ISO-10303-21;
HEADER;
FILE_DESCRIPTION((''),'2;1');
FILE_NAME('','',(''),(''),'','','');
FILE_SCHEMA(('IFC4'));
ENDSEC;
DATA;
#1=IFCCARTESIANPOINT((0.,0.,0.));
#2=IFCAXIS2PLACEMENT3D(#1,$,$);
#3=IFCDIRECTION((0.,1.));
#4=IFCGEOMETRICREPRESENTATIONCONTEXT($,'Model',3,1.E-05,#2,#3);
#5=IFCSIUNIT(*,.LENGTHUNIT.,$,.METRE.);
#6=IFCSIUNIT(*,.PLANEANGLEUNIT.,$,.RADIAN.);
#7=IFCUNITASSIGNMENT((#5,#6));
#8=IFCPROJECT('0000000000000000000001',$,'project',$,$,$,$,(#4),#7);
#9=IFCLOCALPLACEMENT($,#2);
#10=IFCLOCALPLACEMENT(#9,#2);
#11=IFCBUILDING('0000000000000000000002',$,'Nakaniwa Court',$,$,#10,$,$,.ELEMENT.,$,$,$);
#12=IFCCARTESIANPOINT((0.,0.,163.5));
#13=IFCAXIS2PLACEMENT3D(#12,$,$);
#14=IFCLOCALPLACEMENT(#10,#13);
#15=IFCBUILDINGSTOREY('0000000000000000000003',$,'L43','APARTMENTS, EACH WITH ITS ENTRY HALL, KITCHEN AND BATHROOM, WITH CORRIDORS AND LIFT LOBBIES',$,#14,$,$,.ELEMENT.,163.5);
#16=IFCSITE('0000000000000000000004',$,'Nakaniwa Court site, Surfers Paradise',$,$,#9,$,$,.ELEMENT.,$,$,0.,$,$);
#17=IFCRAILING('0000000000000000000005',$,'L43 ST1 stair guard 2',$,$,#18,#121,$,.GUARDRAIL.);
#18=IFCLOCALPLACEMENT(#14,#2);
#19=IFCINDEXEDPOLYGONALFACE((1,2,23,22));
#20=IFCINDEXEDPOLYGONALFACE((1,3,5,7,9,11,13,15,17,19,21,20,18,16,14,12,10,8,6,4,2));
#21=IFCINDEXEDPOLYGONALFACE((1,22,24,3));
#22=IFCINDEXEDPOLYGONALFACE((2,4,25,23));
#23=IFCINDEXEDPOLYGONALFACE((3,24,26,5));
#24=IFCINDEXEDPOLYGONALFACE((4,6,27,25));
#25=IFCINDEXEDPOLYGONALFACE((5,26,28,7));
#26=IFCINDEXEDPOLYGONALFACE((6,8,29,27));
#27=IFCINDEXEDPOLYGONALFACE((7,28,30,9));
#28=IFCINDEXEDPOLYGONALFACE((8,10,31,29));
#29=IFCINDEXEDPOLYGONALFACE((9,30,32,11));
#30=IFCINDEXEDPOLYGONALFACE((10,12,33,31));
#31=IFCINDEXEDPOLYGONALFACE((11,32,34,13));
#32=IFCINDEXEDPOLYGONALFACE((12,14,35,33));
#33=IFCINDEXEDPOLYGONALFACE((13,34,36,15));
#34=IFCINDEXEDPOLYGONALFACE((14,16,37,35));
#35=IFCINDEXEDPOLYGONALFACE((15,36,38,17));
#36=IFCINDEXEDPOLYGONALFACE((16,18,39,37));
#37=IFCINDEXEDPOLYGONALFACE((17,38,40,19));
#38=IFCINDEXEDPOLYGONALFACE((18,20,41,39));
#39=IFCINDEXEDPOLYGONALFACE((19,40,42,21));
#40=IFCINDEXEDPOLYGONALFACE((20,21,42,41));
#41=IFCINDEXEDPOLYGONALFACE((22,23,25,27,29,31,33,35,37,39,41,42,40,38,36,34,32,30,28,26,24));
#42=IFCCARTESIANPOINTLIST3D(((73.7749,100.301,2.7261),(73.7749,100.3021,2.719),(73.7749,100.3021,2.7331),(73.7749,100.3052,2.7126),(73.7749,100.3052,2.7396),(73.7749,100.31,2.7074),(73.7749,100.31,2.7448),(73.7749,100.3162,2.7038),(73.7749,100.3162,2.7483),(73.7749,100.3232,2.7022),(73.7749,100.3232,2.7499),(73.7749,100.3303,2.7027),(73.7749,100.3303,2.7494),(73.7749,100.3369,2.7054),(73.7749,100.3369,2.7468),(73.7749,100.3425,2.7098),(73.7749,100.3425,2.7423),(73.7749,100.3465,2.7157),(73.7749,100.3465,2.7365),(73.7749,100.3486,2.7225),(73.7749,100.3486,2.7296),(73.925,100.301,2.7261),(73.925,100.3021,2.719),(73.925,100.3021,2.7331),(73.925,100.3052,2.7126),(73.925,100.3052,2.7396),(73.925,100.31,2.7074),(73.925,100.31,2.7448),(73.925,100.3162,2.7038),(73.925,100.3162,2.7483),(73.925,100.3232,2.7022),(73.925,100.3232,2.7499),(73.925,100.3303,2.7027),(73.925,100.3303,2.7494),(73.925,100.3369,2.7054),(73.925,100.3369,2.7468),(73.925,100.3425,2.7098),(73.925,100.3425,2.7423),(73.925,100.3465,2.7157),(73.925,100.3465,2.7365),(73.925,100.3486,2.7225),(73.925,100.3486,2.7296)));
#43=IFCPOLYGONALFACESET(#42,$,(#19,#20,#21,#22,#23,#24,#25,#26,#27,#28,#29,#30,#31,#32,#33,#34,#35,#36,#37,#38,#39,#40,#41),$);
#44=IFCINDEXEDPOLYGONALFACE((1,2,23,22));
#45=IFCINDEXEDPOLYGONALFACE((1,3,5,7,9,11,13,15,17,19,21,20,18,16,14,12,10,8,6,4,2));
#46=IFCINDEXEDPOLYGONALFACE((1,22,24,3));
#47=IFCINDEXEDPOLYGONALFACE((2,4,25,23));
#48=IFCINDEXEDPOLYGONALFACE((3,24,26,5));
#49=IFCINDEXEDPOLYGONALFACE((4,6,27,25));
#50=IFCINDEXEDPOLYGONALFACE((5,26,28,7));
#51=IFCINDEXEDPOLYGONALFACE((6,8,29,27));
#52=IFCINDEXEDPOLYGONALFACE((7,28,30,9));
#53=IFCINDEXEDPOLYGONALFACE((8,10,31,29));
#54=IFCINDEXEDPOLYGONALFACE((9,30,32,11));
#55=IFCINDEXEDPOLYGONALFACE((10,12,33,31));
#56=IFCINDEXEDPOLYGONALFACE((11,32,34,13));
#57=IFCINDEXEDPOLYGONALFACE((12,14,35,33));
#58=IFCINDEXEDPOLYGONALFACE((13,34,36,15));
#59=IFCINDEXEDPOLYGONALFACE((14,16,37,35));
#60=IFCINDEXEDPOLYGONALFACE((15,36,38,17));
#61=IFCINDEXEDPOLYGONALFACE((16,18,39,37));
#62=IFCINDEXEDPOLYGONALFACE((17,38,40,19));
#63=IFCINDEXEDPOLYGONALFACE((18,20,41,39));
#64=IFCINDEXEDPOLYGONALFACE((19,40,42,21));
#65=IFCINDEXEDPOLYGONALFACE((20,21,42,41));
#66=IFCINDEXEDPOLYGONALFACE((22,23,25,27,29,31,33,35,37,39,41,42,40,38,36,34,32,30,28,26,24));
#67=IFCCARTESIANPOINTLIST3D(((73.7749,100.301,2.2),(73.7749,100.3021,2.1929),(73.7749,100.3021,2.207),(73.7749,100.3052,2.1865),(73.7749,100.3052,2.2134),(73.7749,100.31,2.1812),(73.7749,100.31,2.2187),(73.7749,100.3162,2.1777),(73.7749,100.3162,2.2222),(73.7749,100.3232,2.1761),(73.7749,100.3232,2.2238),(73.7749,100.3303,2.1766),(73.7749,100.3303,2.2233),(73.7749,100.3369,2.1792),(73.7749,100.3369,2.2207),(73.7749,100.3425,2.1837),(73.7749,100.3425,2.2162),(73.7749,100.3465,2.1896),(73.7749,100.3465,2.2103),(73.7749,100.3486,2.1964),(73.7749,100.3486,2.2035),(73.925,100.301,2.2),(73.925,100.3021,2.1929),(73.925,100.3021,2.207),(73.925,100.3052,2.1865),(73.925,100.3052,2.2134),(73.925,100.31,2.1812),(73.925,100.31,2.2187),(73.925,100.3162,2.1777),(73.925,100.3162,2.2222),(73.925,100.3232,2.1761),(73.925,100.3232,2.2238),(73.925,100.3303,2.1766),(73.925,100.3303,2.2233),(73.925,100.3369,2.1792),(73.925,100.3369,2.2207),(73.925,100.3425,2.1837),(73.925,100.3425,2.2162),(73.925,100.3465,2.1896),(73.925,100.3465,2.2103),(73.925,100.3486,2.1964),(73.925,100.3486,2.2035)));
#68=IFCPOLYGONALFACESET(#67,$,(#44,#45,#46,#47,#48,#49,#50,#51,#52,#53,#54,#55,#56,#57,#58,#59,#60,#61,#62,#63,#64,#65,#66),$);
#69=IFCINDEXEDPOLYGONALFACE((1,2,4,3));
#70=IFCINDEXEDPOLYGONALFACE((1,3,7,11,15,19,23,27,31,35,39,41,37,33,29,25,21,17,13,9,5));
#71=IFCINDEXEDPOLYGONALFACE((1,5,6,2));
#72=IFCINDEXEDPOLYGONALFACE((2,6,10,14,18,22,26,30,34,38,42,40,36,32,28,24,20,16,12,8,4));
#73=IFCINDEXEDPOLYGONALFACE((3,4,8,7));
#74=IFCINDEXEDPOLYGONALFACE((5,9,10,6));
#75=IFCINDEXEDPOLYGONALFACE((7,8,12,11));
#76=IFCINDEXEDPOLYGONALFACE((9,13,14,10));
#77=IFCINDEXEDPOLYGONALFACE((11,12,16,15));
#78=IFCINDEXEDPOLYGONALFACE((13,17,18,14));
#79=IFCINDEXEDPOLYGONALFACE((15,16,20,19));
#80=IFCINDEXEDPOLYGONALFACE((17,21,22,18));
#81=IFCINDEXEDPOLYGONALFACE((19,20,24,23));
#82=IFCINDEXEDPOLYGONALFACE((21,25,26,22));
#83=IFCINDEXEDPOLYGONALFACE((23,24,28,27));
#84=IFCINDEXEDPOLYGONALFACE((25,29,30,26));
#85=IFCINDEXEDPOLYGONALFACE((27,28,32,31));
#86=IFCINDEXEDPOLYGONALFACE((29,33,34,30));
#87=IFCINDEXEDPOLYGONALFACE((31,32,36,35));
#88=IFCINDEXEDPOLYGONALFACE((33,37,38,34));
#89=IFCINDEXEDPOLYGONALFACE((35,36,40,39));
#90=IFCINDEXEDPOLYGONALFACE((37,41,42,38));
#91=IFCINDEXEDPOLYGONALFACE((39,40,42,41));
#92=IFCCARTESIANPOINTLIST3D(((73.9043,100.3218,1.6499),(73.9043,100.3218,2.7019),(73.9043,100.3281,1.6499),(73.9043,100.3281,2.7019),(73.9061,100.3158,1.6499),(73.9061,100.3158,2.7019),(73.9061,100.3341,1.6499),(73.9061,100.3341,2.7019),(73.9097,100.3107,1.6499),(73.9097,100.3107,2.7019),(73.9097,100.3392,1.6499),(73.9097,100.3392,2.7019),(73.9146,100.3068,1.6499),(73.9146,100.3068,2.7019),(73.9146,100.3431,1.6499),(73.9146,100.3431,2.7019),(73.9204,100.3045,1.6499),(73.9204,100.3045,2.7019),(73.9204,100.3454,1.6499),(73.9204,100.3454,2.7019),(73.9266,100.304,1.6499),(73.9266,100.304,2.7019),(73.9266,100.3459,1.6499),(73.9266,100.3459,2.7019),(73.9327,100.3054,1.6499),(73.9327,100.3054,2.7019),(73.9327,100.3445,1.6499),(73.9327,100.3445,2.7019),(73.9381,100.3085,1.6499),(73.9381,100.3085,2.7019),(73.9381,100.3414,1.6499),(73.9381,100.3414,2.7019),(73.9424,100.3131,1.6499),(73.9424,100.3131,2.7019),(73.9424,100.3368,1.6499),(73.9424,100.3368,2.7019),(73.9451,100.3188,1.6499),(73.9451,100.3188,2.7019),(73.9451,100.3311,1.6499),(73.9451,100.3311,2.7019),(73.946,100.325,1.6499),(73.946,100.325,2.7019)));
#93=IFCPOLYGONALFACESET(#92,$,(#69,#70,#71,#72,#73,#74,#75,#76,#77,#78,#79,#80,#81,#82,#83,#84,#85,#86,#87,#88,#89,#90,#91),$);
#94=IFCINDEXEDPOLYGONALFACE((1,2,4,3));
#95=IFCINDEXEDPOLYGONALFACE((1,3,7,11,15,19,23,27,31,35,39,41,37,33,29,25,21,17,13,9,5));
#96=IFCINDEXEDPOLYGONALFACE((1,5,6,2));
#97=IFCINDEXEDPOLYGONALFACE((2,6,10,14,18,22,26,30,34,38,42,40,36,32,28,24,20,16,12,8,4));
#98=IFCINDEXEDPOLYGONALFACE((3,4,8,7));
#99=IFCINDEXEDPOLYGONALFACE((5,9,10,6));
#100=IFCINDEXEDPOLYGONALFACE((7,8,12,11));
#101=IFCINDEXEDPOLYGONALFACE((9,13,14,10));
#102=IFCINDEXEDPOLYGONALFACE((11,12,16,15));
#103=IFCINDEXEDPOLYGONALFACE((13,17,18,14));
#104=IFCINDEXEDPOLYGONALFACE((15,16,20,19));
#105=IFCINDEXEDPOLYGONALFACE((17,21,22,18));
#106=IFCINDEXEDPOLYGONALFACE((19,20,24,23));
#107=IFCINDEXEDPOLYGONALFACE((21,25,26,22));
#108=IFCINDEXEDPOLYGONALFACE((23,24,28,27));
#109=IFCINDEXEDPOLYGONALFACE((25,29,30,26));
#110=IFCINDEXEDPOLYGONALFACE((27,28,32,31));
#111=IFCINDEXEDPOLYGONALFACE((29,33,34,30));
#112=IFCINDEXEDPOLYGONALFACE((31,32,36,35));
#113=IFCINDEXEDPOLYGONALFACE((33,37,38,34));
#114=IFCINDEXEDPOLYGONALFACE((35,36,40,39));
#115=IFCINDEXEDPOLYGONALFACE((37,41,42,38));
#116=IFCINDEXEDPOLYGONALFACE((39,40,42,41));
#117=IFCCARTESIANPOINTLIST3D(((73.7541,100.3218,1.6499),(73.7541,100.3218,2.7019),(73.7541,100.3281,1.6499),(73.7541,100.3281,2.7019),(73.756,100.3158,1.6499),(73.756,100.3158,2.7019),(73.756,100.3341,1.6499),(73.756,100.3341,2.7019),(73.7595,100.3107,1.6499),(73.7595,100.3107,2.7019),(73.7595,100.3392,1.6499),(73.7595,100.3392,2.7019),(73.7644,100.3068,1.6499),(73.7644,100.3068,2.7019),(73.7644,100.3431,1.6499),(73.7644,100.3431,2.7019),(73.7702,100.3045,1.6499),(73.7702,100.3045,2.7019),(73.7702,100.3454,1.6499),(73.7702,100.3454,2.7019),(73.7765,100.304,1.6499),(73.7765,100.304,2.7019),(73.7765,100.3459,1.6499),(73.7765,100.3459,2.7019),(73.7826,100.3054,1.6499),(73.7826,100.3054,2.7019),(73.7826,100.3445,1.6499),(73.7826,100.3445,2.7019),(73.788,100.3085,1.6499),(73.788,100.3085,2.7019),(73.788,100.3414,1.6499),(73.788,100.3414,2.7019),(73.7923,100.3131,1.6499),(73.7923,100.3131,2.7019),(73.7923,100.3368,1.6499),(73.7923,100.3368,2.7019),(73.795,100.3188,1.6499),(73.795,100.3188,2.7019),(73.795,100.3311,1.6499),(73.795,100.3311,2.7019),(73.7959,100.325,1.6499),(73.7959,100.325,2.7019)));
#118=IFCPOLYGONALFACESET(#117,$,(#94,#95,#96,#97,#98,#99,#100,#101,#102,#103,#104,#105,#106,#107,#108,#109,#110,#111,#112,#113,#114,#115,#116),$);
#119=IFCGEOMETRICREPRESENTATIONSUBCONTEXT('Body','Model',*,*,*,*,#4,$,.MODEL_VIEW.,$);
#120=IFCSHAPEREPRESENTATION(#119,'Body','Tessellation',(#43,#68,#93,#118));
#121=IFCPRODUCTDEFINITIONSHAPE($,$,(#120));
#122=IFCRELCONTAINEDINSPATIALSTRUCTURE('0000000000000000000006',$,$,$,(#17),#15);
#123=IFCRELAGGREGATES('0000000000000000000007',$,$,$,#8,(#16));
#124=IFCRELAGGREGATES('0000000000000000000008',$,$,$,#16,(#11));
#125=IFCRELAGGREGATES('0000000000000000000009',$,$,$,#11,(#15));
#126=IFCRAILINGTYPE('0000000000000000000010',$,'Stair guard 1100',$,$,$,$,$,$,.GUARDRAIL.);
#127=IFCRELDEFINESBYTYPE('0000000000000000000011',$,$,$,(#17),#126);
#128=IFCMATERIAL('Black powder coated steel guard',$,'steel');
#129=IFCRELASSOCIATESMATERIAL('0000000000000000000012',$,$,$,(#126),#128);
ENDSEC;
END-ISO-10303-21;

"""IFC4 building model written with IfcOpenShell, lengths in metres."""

from ifc_helpers import new_model, si_unit, direction, frame, origin, origin_2d, place, context, subcontext, project, spatial, circle, extrude, material, type_object, element, save


model = new_model("IFC4")

# Units and contexts
model_context = context("Model", 3, precision=1e-05, world=origin(), true_north=direction((0.0, 1.0)))
body_context = subcontext(model_context, "Body", "Model", "MODEL_VIEW")
ifc_project = project(units=[si_unit("LENGTHUNIT", "METRE"), si_unit("PLANEANGLEUNIT", "RADIAN")], contexts=[model_context])

# Site, building, storey
site_placement = place(None, origin())
site = spatial("IfcSite", under=ifc_project, at=site_placement, Name="Nakaniwa Court site, Surfers Paradise", CompositionType="ELEMENT", RefElevation=0.0)
building_placement = place(site_placement, origin())
building = spatial("IfcBuilding", under=site, at=building_placement, Name="Nakaniwa Court", CompositionType="ELEMENT")
storey_placement = place(building_placement, frame((0.0, 0.0, 163.5)))
storey = spatial("IfcBuildingStorey", under=building, at=storey_placement, Name="L43", Description="APARTMENTS, EACH WITH ITS ENTRY HALL, KITCHEN AND BATHROOM, WITH CORRIDORS AND LIFT LOBBIES", CompositionType="ELEMENT", Elevation=163.5)

# Railing
ifc_material_1 = material(Name="Black powder coated steel guard", Category="steel")
railing_type_1 = type_object("IfcRailingType", Name="Stair guard 1100", PredefinedType="GUARDRAIL", material=ifc_material_1)
railing_1_placement = place(storey_placement, frame((73.925, 100.325, 1.6499)))
element("IfcRailing", 1, at=railing_1_placement, inside=storey, type_object=railing_type_1, Name="L43 ST1 stair guard 2", PredefinedType="GUARDRAIL", context=body_context, shape_type="SweptSolid", body=[
    extrude(circle(Radius=0.0239, at=origin_2d()), frame((0.0, 0.0, 1.0762), z_axis=(-1.0, 0.0, 0.0), x_axis=(0.0, -1.0, 0.0)), (0.0, 0.0, 1.0), 0.1501),
    extrude(circle(Radius=0.0239, at=origin_2d()), frame((0.0, 0.0, 0.55), z_axis=(-1.0, 0.0, 0.0), x_axis=(0.0, -1.0, 0.0)), (0.0, 0.0, 1.0), 0.1501),
    extrude(circle(Radius=0.021, at=origin_2d()), origin(), (0.0, 0.0, 1.0), 1.052),
    extrude(circle(Radius=0.021, at=origin_2d()), frame((-0.1501, 0.0, 0.0)), (0.0, 0.0, 1.0), 1.052),
])

save(model, "model.ifc")
